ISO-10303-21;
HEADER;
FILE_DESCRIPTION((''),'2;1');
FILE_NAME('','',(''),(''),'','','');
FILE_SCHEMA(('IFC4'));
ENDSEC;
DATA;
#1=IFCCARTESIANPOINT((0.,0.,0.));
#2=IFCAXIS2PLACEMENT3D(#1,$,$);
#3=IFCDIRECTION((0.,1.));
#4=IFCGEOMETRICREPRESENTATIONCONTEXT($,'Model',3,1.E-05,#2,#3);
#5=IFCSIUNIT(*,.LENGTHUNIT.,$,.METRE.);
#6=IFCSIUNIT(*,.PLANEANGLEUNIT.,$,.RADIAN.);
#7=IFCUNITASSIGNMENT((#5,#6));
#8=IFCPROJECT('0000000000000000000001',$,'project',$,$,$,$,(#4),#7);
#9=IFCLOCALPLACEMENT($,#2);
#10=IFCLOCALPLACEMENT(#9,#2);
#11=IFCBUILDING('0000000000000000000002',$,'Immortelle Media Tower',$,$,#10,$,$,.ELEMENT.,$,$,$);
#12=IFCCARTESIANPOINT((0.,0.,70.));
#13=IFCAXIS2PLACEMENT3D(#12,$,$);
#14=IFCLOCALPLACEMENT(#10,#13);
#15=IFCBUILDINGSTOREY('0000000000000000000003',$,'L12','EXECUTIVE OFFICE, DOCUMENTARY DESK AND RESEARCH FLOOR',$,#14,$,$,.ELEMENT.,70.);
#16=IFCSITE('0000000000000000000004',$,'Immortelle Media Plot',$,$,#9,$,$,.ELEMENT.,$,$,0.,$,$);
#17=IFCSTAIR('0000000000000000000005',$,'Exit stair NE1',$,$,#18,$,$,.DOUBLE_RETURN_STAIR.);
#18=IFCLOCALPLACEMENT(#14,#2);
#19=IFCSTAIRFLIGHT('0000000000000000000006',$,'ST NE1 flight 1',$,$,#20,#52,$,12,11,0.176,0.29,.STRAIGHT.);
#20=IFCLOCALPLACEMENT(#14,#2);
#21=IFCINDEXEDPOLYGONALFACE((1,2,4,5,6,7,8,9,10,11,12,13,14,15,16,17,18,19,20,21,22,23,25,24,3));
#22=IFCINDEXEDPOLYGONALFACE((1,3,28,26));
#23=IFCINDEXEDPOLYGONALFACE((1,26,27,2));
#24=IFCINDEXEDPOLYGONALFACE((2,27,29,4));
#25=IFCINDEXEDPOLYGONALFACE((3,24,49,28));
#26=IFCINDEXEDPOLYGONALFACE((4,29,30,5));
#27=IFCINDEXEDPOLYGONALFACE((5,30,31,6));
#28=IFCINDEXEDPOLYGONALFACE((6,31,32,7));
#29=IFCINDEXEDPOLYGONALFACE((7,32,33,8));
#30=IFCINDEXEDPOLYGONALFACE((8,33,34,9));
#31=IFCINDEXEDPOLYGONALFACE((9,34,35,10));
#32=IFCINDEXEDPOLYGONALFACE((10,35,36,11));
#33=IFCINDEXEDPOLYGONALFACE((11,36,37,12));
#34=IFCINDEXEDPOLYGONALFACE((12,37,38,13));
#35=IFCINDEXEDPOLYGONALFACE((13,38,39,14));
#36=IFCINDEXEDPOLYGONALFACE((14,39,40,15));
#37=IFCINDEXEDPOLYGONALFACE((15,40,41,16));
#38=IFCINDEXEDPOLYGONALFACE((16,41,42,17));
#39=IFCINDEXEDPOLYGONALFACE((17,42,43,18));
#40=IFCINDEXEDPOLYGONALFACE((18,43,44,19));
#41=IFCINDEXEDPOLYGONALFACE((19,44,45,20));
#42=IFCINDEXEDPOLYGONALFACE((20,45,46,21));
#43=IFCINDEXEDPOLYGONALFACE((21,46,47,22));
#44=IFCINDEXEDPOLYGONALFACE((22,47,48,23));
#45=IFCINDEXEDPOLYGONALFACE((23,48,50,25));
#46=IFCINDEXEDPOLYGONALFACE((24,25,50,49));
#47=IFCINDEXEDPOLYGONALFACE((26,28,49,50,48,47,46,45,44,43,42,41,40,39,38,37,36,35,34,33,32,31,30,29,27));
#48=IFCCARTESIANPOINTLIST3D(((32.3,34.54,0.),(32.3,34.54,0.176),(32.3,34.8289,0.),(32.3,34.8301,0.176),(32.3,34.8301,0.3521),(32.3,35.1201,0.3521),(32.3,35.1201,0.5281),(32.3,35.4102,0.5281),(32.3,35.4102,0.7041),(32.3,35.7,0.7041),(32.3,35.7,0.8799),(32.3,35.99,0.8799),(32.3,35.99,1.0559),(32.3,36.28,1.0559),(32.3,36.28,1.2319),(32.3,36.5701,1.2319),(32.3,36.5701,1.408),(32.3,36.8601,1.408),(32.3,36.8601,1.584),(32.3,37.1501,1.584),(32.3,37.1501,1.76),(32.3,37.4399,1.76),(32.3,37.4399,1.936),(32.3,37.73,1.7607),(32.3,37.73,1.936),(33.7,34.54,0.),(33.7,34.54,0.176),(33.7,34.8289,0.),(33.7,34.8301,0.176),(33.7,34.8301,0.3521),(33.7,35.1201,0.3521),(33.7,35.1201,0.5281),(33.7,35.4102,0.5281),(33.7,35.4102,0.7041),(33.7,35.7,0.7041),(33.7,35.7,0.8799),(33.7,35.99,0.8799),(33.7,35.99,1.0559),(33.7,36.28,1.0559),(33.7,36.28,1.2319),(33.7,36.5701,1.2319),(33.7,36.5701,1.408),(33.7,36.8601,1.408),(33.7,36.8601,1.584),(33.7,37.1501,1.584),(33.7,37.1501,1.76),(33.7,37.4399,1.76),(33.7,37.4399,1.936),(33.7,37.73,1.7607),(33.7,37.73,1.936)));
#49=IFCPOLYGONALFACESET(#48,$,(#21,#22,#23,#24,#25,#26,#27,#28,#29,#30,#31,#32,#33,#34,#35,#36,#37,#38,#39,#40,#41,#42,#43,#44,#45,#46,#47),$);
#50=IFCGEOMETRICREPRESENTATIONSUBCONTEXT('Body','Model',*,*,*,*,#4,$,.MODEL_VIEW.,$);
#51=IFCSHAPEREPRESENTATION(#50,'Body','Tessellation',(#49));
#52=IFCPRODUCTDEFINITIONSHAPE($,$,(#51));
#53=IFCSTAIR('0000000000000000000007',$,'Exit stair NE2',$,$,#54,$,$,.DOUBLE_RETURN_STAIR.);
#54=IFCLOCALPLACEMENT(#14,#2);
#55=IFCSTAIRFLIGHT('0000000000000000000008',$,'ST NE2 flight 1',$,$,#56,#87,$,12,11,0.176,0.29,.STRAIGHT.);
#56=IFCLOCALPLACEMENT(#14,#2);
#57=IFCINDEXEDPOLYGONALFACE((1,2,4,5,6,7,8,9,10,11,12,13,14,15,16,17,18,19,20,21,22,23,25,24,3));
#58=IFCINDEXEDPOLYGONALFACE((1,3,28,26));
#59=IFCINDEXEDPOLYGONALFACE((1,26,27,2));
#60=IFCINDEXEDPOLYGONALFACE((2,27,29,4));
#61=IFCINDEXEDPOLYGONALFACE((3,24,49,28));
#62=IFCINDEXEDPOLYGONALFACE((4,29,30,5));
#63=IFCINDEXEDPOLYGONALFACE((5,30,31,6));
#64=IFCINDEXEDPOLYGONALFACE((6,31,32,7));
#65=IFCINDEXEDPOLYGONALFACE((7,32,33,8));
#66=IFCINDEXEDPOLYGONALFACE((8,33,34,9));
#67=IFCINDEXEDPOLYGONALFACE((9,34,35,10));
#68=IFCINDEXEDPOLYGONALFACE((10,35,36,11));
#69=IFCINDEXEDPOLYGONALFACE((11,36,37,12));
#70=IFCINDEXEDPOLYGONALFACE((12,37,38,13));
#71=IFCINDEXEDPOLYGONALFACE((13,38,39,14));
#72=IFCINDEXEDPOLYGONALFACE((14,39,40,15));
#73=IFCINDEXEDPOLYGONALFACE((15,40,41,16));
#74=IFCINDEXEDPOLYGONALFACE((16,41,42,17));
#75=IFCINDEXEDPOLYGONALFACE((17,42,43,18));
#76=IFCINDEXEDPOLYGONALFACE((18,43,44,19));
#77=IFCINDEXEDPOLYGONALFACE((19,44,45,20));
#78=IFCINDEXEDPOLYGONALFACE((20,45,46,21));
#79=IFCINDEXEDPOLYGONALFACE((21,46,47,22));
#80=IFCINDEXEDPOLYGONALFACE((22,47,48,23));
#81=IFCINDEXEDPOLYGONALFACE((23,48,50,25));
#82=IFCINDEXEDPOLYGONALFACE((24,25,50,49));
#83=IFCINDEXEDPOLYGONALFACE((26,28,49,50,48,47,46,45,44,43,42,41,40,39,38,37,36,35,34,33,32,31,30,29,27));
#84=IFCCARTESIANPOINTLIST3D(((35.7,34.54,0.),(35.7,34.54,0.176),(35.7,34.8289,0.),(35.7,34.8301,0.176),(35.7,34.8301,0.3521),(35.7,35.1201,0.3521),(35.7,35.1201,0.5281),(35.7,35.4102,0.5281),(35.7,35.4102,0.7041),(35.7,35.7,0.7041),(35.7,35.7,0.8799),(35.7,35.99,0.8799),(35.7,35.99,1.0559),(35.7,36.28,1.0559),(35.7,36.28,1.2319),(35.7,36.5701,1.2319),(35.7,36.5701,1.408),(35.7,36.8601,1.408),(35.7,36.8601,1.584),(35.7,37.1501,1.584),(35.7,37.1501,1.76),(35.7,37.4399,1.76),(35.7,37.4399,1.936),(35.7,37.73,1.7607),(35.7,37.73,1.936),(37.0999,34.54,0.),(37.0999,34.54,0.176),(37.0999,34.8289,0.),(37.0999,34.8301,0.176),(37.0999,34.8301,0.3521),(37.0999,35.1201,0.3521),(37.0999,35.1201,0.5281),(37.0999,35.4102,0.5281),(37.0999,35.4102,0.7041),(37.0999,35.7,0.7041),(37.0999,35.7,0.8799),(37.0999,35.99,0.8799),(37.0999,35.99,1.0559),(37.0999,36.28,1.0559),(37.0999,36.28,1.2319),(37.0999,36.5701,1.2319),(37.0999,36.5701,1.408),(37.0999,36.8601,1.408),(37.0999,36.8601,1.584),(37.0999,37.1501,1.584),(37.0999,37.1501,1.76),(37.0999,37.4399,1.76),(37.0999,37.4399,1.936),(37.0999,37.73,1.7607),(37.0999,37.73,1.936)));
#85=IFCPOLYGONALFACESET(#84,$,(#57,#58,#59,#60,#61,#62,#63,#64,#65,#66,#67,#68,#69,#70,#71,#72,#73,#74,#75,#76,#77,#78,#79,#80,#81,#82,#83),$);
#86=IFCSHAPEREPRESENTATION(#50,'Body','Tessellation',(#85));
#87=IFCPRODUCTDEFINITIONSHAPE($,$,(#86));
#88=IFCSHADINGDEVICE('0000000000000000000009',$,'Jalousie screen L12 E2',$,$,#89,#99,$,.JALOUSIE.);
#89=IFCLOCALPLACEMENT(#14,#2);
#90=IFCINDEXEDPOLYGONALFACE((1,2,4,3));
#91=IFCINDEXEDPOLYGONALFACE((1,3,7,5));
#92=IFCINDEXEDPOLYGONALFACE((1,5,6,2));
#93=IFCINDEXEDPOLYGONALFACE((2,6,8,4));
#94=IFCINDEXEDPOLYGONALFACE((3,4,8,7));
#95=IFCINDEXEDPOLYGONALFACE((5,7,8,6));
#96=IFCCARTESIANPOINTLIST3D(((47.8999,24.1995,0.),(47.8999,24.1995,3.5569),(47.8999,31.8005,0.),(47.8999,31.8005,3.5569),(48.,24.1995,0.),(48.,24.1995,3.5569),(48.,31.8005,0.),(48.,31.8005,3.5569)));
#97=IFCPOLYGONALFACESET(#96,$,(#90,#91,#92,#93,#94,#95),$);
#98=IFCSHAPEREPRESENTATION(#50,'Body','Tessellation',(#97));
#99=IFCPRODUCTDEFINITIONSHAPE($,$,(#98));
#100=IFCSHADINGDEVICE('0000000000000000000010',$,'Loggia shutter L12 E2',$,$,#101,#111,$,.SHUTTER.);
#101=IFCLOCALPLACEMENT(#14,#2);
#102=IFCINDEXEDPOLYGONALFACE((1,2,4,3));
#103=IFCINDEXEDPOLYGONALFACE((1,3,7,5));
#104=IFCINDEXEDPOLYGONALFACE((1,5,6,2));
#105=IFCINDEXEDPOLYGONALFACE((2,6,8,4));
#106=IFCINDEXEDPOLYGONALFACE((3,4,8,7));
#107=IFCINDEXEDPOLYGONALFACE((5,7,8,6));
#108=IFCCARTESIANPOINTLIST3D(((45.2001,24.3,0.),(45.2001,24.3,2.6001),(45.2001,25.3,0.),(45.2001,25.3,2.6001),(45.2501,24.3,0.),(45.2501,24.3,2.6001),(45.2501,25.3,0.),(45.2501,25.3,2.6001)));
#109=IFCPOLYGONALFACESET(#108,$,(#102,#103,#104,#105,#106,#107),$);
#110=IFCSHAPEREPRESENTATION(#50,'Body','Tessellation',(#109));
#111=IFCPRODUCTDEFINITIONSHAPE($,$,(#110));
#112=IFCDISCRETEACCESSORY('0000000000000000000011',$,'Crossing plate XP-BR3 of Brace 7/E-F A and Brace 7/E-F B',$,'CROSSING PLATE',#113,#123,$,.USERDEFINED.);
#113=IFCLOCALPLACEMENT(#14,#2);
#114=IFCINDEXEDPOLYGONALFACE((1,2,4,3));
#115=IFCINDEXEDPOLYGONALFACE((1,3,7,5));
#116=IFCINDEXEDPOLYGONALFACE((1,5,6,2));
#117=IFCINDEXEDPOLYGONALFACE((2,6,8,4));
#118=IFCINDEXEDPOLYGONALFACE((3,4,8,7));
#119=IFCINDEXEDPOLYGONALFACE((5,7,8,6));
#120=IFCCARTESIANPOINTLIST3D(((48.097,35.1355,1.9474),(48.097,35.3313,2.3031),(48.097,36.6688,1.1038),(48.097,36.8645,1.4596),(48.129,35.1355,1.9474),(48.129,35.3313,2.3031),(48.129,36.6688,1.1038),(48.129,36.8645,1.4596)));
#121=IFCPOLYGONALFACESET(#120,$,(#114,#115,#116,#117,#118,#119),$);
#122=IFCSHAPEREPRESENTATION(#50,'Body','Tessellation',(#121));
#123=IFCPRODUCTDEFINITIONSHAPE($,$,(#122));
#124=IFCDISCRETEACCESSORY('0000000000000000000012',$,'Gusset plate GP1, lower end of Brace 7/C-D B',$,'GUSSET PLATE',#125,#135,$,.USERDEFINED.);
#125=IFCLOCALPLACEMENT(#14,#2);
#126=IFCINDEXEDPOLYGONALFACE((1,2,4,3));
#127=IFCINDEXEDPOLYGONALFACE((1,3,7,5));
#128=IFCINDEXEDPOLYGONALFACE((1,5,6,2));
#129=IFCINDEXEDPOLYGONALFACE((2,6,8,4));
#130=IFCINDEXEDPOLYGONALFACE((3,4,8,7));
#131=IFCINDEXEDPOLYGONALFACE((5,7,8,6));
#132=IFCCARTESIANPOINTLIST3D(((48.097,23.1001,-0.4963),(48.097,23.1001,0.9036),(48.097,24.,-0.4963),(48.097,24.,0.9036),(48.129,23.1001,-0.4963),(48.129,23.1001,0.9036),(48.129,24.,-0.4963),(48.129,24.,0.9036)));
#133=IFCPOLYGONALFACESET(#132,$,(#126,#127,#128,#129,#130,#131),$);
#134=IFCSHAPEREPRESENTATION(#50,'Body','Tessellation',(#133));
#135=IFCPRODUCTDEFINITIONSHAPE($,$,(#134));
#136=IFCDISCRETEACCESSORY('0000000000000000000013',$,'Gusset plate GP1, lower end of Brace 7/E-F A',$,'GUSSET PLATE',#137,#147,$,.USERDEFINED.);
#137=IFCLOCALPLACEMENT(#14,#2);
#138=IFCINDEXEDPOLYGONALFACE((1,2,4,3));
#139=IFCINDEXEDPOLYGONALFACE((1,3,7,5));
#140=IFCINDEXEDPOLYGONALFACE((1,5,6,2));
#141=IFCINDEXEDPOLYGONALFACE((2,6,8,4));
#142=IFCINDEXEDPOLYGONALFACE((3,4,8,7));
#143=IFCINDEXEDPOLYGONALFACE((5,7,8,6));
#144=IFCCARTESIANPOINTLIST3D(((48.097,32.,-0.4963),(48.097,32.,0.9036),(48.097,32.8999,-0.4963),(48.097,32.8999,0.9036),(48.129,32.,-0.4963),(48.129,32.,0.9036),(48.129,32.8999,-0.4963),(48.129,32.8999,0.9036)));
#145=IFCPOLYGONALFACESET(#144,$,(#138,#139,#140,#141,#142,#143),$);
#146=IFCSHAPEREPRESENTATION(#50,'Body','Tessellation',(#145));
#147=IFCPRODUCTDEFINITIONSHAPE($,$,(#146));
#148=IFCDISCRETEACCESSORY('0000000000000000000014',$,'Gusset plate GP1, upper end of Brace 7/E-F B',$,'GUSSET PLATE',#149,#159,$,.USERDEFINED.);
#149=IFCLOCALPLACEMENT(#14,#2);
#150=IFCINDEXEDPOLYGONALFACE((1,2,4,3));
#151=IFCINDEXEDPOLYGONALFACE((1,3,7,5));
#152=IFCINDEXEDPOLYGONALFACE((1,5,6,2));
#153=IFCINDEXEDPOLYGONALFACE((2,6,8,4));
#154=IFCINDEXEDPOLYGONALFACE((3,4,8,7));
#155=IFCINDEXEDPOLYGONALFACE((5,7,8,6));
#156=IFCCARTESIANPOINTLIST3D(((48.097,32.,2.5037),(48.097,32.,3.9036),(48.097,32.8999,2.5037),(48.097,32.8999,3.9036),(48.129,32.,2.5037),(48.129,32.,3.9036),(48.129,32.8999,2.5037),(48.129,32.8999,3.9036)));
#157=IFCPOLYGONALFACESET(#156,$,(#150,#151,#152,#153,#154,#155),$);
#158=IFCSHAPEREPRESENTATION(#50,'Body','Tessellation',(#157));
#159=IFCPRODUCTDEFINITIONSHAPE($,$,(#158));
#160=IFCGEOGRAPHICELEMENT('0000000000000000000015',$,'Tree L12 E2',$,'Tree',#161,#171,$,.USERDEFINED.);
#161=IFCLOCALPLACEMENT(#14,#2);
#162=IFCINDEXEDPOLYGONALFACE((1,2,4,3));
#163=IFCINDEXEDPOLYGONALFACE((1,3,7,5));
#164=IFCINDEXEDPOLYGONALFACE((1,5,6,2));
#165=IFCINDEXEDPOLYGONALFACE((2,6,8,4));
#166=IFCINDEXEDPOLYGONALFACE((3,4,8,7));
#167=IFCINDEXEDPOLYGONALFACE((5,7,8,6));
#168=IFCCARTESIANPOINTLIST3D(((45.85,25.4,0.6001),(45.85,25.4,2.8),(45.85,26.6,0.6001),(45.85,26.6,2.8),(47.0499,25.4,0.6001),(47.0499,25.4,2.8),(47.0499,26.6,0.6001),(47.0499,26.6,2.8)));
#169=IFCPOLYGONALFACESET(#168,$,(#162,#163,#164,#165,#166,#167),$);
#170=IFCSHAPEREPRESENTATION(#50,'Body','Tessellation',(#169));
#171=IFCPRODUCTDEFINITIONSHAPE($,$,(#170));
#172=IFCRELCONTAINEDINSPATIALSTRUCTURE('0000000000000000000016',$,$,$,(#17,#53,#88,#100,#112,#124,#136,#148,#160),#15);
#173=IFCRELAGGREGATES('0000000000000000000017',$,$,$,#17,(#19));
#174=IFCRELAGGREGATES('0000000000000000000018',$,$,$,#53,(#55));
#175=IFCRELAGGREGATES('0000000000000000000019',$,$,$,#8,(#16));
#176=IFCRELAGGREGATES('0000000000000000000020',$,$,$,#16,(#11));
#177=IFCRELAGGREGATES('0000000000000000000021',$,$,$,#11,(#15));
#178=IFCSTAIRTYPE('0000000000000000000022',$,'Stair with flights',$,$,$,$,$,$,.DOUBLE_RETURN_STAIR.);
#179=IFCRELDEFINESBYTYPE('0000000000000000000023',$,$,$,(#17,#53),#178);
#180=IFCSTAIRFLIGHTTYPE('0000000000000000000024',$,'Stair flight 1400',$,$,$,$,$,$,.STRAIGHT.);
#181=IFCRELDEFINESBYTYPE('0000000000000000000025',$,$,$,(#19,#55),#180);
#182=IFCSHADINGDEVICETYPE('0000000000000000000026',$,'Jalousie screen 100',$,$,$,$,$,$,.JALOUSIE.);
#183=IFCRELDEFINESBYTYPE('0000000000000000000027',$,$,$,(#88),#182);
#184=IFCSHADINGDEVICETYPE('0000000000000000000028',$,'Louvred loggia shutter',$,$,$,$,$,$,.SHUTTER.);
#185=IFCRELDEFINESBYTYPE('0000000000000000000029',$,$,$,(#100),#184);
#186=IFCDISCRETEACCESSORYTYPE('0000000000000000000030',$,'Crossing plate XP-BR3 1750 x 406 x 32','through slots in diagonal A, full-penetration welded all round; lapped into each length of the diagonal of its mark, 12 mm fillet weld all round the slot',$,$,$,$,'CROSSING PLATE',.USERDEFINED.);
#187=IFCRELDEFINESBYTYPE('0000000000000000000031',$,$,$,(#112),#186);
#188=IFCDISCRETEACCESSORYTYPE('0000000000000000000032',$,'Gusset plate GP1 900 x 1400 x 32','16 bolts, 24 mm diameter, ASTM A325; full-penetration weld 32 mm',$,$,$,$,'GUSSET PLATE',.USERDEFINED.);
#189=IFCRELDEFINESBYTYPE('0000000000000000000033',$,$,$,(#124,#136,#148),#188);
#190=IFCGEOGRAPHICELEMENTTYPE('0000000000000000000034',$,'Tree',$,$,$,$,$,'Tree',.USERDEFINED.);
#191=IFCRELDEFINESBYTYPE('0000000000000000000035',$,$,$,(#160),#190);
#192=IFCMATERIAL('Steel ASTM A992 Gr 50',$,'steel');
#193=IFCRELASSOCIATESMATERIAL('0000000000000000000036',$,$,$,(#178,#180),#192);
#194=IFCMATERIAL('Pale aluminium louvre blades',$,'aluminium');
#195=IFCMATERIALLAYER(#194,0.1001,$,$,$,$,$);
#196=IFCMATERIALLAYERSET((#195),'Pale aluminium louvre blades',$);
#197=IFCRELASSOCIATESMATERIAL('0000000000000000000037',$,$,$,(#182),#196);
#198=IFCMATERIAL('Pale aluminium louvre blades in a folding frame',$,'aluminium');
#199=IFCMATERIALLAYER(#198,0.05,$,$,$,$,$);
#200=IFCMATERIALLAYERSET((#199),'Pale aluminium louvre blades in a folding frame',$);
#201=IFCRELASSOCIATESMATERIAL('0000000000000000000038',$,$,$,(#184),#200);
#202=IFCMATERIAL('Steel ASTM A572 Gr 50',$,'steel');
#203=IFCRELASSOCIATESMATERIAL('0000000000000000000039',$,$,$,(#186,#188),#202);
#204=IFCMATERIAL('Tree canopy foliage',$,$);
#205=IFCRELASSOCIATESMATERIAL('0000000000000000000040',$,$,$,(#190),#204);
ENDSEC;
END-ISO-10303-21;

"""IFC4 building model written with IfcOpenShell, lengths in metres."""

from ifc_helpers import new_model, si_unit, direction, frame, origin, origin_2d, place, context, subcontext, project, spatial, polyline, rectangle, outline, extrude, material, layer, layer_set, material_profile, profile_set, type_object, element, aggregate, save


model = new_model("IFC4")

# Units and contexts
model_context = context("Model", 3, precision=1e-05, world=origin(), true_north=direction((0.0, 1.0)))
body_context = subcontext(model_context, "Body", "Model", "MODEL_VIEW")
ifc_project = project(units=[si_unit("LENGTHUNIT", "METRE"), si_unit("PLANEANGLEUNIT", "RADIAN")], contexts=[model_context])

# Site, building, storey
site_placement = place(None, origin())
site = spatial("IfcSite", under=ifc_project, at=site_placement, Name="Immortelle Media Plot", CompositionType="ELEMENT", RefElevation=0.0)
building_placement = place(site_placement, origin())
building = spatial("IfcBuilding", under=site, at=building_placement, Name="Immortelle Media Tower", CompositionType="ELEMENT")
storey_placement = place(building_placement, frame((0.0, 0.0, 70.0)))
storey = spatial("IfcBuildingStorey", under=building, at=storey_placement, Name="L12", Description="EXECUTIVE OFFICE, DOCUMENTARY DESK AND RESEARCH FLOOR", CompositionType="ELEMENT", Elevation=70.0)

# Shared definitions
ifc_material_1 = material(Name="Steel ASTM A992 Gr 50", Category="steel")

# Stairs, stair flights
stair_type = type_object("IfcStairType", Name="Stair with flights", PredefinedType="DOUBLE_RETURN_STAIR", material=ifc_material_1)
stair_1_placement = place(storey_placement, origin())
stair_1 = element("IfcStair", 1, at=stair_1_placement, inside=storey, type_object=stair_type, Name="Exit stair NE1", PredefinedType="DOUBLE_RETURN_STAIR")
stair_flight_type = type_object("IfcStairFlightType", Name="Stair flight 1400", PredefinedType="STRAIGHT", material=ifc_material_1)
stair_flight_1_placement = place(storey_placement, frame((33.0, 34.54, 0.0), z_axis=(0.0, 0.0, 1.0), x_axis=(0.0, 1.0, 0.0)))
stair_flight_1 = element("IfcStairFlight", 2, at=stair_flight_1_placement, type_object=stair_flight_type, Name="ST NE1 flight 1", NumberOfRisers=12, NumberOfTreads=11, PredefinedType="STRAIGHT", RiserHeight=0.176, TreadLength=0.29, context=body_context, shape_type="SweptSolid", body=[
    extrude(outline(polyline([(0.0, 0.0), (0.0, 0.176), (0.29, 0.176), (0.29, 0.3521), (0.5801, 0.3521), (0.5801, 0.5281), (0.8701, 0.5281), (0.8701, 0.7041), (1.1599, 0.7041), (1.1599, 0.8799), (1.45, 0.8799), (1.45, 1.0559), (1.74, 1.0559), (1.74, 1.2319), (2.03, 1.2319), (2.03, 1.408), (2.3201, 1.408), (2.3201, 1.584), (2.6101, 1.584), (2.6101, 1.76), (2.8999, 1.76), (2.8999, 1.936), (3.1899, 1.936), (3.1899, 2.1121), (3.1899, 1.7607), (0.2888, 0.0), (0.0, 0.0)])), frame((0.0, 0.7, 0.0), z_axis=(0.0, -1.0, 0.0), x_axis=(1.0, 0.0, 0.0)), (0.0, 0.0, 1.0), 1.3999),
])
aggregate(stair_1, [stair_flight_1])
stair_2_placement = place(storey_placement, origin())
stair_2 = element("IfcStair", 3, at=stair_2_placement, inside=storey, type_object=stair_type, Name="Exit stair NE2", PredefinedType="DOUBLE_RETURN_STAIR")
stair_flight_2_placement = place(storey_placement, frame((36.3999, 34.54, 0.0), z_axis=(0.0, 0.0, 1.0), x_axis=(0.0, 1.0, 0.0)))
stair_flight_2 = element("IfcStairFlight", 4, at=stair_flight_2_placement, type_object=stair_flight_type, Name="ST NE2 flight 1", NumberOfRisers=12, NumberOfTreads=11, PredefinedType="STRAIGHT", RiserHeight=0.176, TreadLength=0.29, context=body_context, shape_type="SweptSolid", body=[
    extrude(outline(polyline([(0.0, 0.0), (0.0, 0.176), (0.29, 0.176), (0.29, 0.3521), (0.5801, 0.3521), (0.5801, 0.5281), (0.8701, 0.5281), (0.8701, 0.7041), (1.1599, 0.7041), (1.1599, 0.8799), (1.45, 0.8799), (1.45, 1.0559), (1.74, 1.0559), (1.74, 1.2319), (2.03, 1.2319), (2.03, 1.408), (2.3201, 1.408), (2.3201, 1.584), (2.6101, 1.584), (2.6101, 1.76), (2.8999, 1.76), (2.8999, 1.936), (3.1899, 1.936), (3.1899, 2.1121), (3.1899, 1.7607), (0.2888, 0.0), (0.0, 0.0)])), frame((0.0, 0.7, 0.0), z_axis=(0.0, -1.0, 0.0), x_axis=(1.0, 0.0, 0.0)), (0.0, 0.0, 1.0), 1.3999),
])
aggregate(stair_2, [stair_flight_2])

# Shading devices
ifc_material_2 = material(Name="Pale aluminium louvre blades", Category="aluminium")
ifc_layer_1 = layer(ifc_material_2, 0.1001)
ifc_layer_set_1 = layer_set([ifc_layer_1], Name="Pale aluminium louvre blades")
shading_device_type_1 = type_object("IfcShadingDeviceType", Name="Jalousie screen 100", PredefinedType="JALOUSIE", material=ifc_layer_set_1)
shading_device_1_placement = place(storey_placement, frame((47.95, 28.0, 0.0), z_axis=(0.0, 0.0, 1.0), x_axis=(0.0, 1.0, 0.0)))
element("IfcShadingDevice", 5, at=shading_device_1_placement, inside=storey, type_object=shading_device_type_1, Name="Jalousie screen L12 E2", PredefinedType="JALOUSIE", context=body_context, shape_type="SweptSolid", body=[
    extrude(rectangle(XDim=7.6011, YDim=0.1001, at=origin_2d()), origin(), (0.0, 0.0, 1.0), 3.5569),
])
ifc_material_3 = material(Name="Pale aluminium louvre blades in a folding frame", Category="aluminium")
ifc_layer_2 = layer(ifc_material_3, 0.05)
ifc_layer_set_2 = layer_set([ifc_layer_2], Name="Pale aluminium louvre blades in a folding frame")
shading_device_type_2 = type_object("IfcShadingDeviceType", Name="Louvred loggia shutter", PredefinedType="SHUTTER", material=ifc_layer_set_2)
shading_device_2_placement = place(storey_placement, frame((45.2251, 24.8, 0.0), z_axis=(0.0, 0.0, 1.0), x_axis=(0.0, 1.0, 0.0)))
element("IfcShadingDevice", 6, at=shading_device_2_placement, inside=storey, type_object=shading_device_type_2, Name="Loggia shutter L12 E2", PredefinedType="SHUTTER", context=body_context, shape_type="SweptSolid", body=[
    extrude(rectangle(XDim=1.0, YDim=0.05, at=origin_2d()), origin(), (0.0, 0.0, 1.0), 2.6001),
])

# Discrete accessories
ifc_material_4 = material(Name="Steel ASTM A572 Gr 50", Category="steel")
ifc_material_profile_1 = material_profile(ifc_material_4, rectangle(XDim=0.032, YDim=0.406, at=origin_2d()), Name="PL 32 x 406")
ifc_profile_set_1 = profile_set([ifc_material_profile_1], Name="Steel ASTM A572 Gr 50")
discrete_accessory_type_1 = type_object("IfcDiscreteAccessoryType", Name="Crossing plate XP-BR3 1750 x 406 x 32", Description="through slots in diagonal A, full-penetration welded all round; lapped into each length of the diagonal of its mark, 12 mm fillet weld all round the slot", ElementType="CROSSING PLATE", PredefinedType="USERDEFINED", material=ifc_profile_set_1)
discrete_accessory_placement = place(storey_placement, frame((48.113, 35.2334, 2.1252), z_axis=(0.0, 0.876157, -0.482026), x_axis=(-1.0, 0.0, 0.0)))
element("IfcDiscreteAccessory", 7, at=discrete_accessory_placement, inside=storey, type_object=discrete_accessory_type_1, Name="Crossing plate XP-BR3 of Brace 7/E-F A and Brace 7/E-F B", ObjectType="CROSSING PLATE", PredefinedType="USERDEFINED", context=body_context, shape_type="SweptSolid", body=[
    extrude(rectangle(XDim=0.032, YDim=0.406, at=origin_2d()), origin(), (0.0, 0.0, 1.0), 1.75),
])
ifc_material_profile_2 = material_profile(ifc_material_4, rectangle(XDim=0.032, YDim=1.3999, at=origin_2d()), Name="PL 32 x 1400")
ifc_profile_set_2 = profile_set([ifc_material_profile_2], Name="Steel ASTM A572 Gr 50")
discrete_accessory_type_2 = type_object("IfcDiscreteAccessoryType", Name="Gusset plate GP1 900 x 1400 x 32", Description="16 bolts, 24 mm diameter, ASTM A325; full-penetration weld 32 mm", ElementType="GUSSET PLATE", PredefinedType="USERDEFINED", material=ifc_profile_set_2)
for number, where, z_axis, x_axis, name in (
    (8, (48.113, 24.0, 0.2036), (0.0, -1.0, 0.0), (1.0, 0.0, 0.0), "Gusset plate GP1, lower end of Brace 7/C-D B"),
    (9, (48.113, 32.0, 0.2036), (0.0, 1.0, 0.0), (-1.0, 0.0, 0.0), "Gusset plate GP1, lower end of Brace 7/E-F A"),
    (10, (48.113, 32.0, 3.2036), (0.0, 1.0, 0.0), (-1.0, 0.0, 0.0), "Gusset plate GP1, upper end of Brace 7/E-F B"),
):
    element("IfcDiscreteAccessory", number, at=place(storey_placement, frame(where, z_axis=z_axis, x_axis=x_axis)), inside=storey, type_object=discrete_accessory_type_2, Name=name, ObjectType="GUSSET PLATE", PredefinedType="USERDEFINED", context=body_context, shape_type="SweptSolid", body=[
        extrude(rectangle(XDim=0.032, YDim=1.3999, at=origin_2d()), origin(), (0.0, 0.0, 1.0), 0.8999),
    ])

# Geographic element
ifc_material_5 = material(Name="Tree canopy foliage")
geographic_element_type = type_object("IfcGeographicElementType", Name="Tree", ElementType="Tree", PredefinedType="USERDEFINED", material=ifc_material_5)
geographic_element_placement = place(storey_placement, frame((46.45, 26.0, 0.6001), z_axis=(0.0, 0.0, 1.0), x_axis=(1.0, 0.0, 0.0)))
element("IfcGeographicElement", 11, at=geographic_element_placement, inside=storey, type_object=geographic_element_type, Name="Tree L12 E2", ObjectType="Tree", PredefinedType="USERDEFINED", context=body_context, shape_type="SweptSolid", body=[
    extrude(rectangle(XDim=1.2, YDim=1.2, at=origin_2d()), origin(), (0.0, 0.0, 1.0), 2.2),
])

save(model, "model.ifc")
